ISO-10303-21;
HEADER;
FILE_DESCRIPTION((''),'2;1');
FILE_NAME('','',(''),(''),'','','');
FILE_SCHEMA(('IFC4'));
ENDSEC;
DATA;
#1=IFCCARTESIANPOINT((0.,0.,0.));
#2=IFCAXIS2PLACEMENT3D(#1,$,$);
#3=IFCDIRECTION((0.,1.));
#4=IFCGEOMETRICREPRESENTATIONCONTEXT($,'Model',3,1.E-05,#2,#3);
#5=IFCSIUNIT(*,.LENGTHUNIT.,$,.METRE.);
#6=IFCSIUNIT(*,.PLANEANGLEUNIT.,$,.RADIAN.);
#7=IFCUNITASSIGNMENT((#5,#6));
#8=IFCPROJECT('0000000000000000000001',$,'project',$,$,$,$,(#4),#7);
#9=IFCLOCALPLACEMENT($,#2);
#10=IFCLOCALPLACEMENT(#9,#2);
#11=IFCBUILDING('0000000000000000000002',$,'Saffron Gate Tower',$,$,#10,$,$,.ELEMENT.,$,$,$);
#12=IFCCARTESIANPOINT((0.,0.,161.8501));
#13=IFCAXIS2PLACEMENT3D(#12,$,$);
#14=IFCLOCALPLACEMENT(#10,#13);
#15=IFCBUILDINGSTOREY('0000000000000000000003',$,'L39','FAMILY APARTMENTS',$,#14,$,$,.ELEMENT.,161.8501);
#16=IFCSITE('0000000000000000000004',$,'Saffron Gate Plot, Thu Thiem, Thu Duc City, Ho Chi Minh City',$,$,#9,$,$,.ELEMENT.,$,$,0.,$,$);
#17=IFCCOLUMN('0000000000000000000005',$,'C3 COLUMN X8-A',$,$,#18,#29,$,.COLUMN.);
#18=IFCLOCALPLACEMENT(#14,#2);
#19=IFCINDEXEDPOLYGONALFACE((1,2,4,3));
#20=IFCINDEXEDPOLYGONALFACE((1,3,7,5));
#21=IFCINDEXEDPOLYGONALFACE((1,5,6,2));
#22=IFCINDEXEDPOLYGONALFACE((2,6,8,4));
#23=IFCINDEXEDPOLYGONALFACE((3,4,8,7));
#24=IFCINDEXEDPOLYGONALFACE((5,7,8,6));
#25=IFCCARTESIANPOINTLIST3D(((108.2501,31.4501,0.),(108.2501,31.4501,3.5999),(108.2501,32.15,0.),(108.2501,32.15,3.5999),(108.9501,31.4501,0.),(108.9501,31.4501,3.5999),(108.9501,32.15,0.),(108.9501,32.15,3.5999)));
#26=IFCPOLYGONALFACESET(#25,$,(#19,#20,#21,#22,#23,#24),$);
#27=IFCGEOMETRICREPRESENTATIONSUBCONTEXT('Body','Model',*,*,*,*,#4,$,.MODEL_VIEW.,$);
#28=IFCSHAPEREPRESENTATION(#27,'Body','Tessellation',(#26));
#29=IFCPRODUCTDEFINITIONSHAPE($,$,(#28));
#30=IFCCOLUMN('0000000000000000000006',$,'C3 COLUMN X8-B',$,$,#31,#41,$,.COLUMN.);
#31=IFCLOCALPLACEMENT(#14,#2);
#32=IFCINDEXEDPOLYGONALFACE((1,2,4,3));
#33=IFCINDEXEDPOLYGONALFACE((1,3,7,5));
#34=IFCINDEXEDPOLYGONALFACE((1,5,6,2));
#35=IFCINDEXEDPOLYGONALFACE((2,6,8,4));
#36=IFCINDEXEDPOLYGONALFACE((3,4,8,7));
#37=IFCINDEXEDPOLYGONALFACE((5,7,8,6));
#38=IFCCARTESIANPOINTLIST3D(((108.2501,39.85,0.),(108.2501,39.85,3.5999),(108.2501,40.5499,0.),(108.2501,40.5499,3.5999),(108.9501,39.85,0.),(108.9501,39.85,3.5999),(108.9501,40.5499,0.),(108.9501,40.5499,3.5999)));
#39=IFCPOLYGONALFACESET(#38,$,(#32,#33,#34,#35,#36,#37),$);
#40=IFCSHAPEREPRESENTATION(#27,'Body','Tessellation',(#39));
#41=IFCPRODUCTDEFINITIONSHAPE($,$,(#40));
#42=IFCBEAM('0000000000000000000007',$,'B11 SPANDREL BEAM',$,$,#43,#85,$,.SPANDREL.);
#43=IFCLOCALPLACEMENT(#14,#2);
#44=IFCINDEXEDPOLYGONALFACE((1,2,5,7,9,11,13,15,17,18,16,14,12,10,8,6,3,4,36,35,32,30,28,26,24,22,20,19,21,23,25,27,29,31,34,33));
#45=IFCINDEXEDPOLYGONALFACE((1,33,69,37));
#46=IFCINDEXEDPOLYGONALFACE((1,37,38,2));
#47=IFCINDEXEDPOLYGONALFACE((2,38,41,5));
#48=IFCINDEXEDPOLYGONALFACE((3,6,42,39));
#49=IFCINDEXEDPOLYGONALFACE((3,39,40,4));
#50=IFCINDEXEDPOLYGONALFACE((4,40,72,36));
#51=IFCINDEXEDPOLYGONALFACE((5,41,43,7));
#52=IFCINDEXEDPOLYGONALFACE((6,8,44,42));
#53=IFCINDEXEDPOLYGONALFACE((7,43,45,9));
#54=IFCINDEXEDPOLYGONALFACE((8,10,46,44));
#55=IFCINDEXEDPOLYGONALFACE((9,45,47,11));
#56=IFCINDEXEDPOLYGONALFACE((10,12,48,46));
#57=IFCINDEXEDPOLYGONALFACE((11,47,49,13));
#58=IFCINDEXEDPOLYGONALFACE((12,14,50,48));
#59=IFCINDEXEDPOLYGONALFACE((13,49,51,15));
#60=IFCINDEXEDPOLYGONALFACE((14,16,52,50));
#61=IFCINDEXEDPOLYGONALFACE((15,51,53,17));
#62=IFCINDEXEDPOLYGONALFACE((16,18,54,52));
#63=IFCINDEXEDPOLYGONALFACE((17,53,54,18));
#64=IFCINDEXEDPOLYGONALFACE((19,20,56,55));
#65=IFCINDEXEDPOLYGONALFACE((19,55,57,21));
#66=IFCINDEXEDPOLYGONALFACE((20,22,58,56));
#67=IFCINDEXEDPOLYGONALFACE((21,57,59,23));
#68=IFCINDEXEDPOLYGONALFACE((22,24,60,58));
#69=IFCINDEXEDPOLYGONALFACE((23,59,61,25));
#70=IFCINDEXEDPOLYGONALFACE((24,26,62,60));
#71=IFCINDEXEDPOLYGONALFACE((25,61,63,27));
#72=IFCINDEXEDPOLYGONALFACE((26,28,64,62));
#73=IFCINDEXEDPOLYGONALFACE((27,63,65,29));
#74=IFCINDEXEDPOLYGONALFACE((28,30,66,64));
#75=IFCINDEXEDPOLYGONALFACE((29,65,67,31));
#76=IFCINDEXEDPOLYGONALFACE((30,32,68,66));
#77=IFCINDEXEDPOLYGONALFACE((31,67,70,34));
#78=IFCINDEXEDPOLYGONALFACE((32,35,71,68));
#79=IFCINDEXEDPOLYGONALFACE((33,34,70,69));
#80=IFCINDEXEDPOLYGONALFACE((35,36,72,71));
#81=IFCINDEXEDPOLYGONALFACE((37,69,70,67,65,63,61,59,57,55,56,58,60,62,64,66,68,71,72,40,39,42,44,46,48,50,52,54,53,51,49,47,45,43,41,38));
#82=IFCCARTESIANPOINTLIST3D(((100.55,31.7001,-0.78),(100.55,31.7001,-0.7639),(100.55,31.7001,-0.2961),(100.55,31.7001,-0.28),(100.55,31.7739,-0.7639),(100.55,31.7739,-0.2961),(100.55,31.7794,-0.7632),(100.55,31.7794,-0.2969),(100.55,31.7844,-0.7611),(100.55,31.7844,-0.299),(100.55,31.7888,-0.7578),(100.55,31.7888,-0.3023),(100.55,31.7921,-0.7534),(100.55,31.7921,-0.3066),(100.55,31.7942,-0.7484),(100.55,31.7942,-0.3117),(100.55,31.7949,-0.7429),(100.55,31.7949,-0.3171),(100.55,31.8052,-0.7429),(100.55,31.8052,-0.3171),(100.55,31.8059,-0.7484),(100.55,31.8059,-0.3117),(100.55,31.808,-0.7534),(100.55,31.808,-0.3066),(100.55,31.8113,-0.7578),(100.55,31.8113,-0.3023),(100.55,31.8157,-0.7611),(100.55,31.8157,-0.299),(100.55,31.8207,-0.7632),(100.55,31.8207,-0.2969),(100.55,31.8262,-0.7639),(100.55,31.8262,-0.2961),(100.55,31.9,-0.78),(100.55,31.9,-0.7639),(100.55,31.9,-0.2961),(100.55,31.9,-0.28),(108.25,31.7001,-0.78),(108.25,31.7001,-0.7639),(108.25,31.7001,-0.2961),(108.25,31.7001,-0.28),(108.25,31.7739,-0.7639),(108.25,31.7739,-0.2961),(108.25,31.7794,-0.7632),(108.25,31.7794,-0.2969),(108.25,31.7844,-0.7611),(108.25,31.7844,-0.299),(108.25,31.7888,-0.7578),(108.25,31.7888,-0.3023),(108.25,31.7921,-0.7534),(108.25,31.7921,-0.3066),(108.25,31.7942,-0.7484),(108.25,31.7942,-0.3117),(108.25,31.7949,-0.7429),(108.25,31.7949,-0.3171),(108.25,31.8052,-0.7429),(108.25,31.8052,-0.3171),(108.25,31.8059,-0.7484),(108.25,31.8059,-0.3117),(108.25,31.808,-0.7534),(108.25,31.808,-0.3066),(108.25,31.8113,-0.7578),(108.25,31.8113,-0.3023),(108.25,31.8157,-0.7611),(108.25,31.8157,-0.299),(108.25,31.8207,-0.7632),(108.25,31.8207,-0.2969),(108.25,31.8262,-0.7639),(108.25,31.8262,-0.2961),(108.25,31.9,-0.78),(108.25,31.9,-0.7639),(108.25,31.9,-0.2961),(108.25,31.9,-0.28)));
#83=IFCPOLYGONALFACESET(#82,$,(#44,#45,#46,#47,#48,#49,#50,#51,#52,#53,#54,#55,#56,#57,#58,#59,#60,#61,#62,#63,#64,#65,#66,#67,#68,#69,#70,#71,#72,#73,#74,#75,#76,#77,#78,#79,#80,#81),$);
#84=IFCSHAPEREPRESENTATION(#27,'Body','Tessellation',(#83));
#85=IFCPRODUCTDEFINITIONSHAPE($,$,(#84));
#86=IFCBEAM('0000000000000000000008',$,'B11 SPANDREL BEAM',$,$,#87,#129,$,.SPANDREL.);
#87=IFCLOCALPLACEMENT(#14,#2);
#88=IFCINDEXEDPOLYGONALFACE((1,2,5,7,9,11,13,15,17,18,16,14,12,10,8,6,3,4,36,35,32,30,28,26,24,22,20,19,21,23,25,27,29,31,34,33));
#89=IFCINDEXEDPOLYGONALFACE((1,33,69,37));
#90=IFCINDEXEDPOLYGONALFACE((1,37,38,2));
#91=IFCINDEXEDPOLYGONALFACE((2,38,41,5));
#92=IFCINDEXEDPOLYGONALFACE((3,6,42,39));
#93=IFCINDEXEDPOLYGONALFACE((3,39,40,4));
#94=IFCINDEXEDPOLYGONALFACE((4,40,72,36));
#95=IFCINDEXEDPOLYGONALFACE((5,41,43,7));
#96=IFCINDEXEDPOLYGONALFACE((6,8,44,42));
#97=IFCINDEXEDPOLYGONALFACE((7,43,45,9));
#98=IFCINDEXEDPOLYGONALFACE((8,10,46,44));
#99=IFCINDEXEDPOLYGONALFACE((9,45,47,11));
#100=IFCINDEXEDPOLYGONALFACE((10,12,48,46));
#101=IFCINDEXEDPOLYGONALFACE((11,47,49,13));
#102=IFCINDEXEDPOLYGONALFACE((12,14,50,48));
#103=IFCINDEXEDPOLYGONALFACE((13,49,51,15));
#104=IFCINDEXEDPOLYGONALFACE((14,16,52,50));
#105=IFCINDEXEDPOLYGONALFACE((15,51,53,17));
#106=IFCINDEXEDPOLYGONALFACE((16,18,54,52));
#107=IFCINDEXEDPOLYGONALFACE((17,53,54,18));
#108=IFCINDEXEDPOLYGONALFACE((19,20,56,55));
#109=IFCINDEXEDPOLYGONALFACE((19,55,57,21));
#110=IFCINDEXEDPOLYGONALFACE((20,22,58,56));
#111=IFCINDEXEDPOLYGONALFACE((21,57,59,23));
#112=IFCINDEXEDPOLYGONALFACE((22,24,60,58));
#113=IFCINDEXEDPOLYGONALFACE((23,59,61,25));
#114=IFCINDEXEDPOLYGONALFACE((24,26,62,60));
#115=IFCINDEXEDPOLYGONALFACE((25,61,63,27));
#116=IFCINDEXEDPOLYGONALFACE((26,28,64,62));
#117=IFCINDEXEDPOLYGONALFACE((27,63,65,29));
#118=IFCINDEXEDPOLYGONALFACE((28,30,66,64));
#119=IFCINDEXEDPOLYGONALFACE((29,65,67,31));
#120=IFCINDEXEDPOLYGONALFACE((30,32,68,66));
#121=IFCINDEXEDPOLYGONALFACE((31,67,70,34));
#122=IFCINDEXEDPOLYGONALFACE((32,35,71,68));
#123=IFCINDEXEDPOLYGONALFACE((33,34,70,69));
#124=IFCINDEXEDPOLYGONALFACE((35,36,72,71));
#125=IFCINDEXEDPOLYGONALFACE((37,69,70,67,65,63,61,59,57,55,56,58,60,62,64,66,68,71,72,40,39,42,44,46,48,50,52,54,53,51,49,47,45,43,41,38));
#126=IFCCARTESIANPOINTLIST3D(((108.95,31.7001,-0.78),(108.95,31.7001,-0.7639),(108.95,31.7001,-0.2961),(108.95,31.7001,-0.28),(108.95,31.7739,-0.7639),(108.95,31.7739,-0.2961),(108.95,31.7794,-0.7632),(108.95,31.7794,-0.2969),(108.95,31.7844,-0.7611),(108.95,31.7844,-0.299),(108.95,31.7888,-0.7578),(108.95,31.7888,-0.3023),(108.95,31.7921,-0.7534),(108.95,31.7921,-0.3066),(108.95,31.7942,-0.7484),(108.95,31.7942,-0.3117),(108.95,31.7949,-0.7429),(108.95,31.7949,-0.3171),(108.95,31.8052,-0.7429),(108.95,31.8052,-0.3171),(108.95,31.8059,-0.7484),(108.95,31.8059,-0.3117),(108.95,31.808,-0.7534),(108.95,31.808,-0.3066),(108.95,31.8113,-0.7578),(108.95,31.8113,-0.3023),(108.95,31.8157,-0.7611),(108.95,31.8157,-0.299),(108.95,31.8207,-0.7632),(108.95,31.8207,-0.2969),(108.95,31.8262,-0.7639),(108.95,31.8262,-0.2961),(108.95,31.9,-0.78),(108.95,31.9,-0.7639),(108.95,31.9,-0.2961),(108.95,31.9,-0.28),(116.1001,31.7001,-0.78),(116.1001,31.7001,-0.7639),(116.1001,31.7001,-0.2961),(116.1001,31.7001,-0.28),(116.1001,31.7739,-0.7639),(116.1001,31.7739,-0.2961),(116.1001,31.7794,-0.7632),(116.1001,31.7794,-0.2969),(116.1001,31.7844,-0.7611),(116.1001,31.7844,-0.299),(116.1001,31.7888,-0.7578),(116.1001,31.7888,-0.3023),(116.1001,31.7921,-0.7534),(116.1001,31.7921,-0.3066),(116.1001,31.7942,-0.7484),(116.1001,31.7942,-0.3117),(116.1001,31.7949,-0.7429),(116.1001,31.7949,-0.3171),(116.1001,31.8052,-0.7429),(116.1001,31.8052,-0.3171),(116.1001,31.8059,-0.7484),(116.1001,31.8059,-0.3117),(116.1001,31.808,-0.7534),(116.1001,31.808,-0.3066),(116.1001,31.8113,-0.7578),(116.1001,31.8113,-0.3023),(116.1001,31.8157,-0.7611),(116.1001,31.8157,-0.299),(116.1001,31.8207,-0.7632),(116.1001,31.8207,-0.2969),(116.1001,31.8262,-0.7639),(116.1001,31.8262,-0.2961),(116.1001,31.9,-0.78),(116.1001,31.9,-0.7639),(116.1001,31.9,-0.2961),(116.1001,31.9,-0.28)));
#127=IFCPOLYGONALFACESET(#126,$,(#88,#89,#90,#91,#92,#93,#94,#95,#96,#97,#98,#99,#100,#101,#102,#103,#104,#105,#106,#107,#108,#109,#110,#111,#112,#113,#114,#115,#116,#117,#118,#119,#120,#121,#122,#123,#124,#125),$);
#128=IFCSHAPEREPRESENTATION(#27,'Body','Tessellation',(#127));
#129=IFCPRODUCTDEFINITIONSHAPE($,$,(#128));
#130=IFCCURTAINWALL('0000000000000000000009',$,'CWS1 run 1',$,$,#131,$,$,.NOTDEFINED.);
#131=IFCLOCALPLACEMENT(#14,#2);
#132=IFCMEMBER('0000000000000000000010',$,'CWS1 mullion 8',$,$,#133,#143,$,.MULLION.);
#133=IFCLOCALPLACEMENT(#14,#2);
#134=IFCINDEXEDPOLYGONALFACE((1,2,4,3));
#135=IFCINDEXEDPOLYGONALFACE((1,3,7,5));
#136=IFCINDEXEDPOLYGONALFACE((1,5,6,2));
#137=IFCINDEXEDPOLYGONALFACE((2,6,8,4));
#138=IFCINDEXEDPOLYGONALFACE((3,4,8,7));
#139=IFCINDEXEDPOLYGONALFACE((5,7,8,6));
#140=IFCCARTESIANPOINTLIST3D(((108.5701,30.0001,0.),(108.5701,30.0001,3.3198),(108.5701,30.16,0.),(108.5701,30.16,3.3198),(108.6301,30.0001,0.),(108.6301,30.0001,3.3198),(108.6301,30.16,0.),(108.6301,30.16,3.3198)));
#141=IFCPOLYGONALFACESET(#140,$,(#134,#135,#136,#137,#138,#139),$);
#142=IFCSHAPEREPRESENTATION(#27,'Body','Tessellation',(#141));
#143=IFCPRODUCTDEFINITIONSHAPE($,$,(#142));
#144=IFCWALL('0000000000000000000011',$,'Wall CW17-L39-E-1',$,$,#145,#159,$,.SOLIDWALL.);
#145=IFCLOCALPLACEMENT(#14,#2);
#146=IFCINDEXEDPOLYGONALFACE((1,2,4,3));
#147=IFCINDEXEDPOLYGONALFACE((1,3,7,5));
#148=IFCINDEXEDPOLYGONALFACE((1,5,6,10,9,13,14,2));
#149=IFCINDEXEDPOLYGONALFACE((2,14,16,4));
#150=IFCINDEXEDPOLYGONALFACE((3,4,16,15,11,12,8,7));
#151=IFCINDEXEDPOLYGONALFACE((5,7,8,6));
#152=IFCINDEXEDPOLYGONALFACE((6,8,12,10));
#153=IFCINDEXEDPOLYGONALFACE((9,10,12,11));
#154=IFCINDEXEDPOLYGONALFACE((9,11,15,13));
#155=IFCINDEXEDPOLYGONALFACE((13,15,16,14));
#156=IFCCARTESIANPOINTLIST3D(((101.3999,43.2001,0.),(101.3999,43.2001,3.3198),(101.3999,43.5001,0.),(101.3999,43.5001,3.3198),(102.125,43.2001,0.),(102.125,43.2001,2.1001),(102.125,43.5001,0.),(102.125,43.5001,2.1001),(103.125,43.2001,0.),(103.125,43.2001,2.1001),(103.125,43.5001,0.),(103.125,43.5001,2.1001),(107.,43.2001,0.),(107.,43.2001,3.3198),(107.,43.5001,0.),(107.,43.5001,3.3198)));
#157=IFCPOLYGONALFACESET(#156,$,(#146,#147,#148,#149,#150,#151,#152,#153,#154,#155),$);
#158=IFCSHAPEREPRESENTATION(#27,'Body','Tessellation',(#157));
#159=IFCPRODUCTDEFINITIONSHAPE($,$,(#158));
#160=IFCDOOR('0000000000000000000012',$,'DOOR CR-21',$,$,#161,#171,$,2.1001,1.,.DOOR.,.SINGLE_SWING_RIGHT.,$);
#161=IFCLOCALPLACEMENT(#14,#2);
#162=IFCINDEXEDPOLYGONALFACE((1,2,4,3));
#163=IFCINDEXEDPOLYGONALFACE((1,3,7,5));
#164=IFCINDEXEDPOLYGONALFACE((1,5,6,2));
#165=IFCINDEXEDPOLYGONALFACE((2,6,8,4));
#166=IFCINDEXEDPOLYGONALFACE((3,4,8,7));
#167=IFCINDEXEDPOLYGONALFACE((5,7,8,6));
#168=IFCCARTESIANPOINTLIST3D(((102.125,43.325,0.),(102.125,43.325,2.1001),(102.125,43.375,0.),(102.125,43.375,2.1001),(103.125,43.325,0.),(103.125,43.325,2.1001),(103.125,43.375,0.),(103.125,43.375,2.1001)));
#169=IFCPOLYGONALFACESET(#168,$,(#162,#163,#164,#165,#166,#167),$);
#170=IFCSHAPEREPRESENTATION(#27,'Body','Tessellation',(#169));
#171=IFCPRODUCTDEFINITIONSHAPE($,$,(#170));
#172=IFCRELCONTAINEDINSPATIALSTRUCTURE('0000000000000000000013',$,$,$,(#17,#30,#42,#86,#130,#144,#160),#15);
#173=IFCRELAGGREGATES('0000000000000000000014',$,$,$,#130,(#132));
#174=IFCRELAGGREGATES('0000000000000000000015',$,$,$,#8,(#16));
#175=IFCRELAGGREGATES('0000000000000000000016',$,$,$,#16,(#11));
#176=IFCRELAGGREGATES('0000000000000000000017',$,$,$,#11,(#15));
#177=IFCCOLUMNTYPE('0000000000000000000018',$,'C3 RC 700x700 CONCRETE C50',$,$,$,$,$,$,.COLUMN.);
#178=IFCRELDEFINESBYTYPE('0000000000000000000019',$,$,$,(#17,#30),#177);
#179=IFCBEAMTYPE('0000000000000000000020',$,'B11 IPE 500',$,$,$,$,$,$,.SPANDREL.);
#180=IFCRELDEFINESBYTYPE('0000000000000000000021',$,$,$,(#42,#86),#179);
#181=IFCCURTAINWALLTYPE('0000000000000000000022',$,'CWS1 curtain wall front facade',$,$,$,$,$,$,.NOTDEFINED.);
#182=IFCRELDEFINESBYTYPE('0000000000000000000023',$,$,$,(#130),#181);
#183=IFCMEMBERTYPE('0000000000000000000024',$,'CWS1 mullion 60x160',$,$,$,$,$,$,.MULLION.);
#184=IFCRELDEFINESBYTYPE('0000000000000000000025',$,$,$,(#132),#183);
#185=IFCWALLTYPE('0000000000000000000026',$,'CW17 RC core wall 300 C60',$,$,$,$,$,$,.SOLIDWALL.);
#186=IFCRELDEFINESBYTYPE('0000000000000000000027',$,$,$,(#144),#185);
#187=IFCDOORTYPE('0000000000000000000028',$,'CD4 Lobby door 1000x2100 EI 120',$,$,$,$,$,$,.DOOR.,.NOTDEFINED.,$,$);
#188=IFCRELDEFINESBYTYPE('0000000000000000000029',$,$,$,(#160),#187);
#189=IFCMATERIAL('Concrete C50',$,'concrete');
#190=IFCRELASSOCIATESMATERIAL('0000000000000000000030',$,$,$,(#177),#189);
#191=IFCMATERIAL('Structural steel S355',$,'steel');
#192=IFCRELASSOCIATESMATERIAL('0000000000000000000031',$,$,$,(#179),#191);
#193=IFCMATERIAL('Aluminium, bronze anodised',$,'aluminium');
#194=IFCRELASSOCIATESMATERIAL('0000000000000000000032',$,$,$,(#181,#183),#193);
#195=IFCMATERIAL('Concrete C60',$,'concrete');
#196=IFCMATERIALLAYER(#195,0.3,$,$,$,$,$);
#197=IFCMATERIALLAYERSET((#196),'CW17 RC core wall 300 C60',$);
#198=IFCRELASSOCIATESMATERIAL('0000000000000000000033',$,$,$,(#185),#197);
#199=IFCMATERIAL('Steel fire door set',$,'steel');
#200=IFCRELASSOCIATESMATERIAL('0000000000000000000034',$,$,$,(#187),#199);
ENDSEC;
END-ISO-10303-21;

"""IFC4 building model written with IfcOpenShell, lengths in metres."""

from ifc_helpers import new_model, si_unit, direction, frame, frame_2d, origin, origin_2d, place, context, subcontext, project, spatial, rectangle, i_section, extrude, material, layer, layer_set, material_profile, profile_set, type_object, element, fill, aggregate, save


model = new_model("IFC4")

# Units and contexts
model_context = context("Model", 3, precision=1e-05, world=origin(), true_north=direction((0.0, 1.0)))
body_context = subcontext(model_context, "Body", "Model", "MODEL_VIEW")
ifc_project = project(units=[si_unit("LENGTHUNIT", "METRE"), si_unit("PLANEANGLEUNIT", "RADIAN")], contexts=[model_context])

# Site, building, storey
site_placement = place(None, origin())
site = spatial("IfcSite", under=ifc_project, at=site_placement, Name="Saffron Gate Plot, Thu Thiem, Thu Duc City, Ho Chi Minh City", CompositionType="ELEMENT", RefElevation=0.0)
building_placement = place(site_placement, origin())
building = spatial("IfcBuilding", under=site, at=building_placement, Name="Saffron Gate Tower", CompositionType="ELEMENT")
storey_placement = place(building_placement, frame((0.0, 0.0, 161.8501)))
storey = spatial("IfcBuildingStorey", under=building, at=storey_placement, Name="L39", Description="FAMILY APARTMENTS", CompositionType="ELEMENT", Elevation=161.8501)

# Columns
ifc_material_1 = material(Name="Concrete C50", Category="concrete")
ifc_material_profile_1 = material_profile(ifc_material_1, rectangle(XDim=0.7, YDim=0.7, at=origin_2d()))
ifc_profile_set_1 = profile_set([ifc_material_profile_1], Name="Concrete C50")
column_type = type_object("IfcColumnType", Name="C3 RC 700x700 CONCRETE C50", PredefinedType="COLUMN", material=ifc_profile_set_1)
for number, where, z_axis, x_axis, name in (
    (1, (108.6001, 31.8, 0.0), (0.0, 0.0, 1.0), (1.0, 0.0, 0.0), "C3 COLUMN X8-A"),
    (2, (108.6001, 40.2, 0.0), (0.0, 0.0, 1.0), (1.0, 0.0, 0.0), "C3 COLUMN X8-B"),
):
    element("IfcColumn", number, at=place(storey_placement, frame(where, z_axis=z_axis, x_axis=x_axis)), inside=storey, type_object=column_type, Name=name, PredefinedType="COLUMN", context=body_context, shape_type="SweptSolid", body=[
        extrude(rectangle(XDim=0.7, YDim=0.7, at=origin_2d()), origin(), (0.0, 0.0, 1.0), 3.5999),
    ])

# Beams
ifc_material_2 = material(Name="Structural steel S355", Category="steel")
ifc_material_profile_2 = material_profile(ifc_material_2, i_section(OverallWidth=0.2, OverallDepth=0.5, WebThickness=0.0103, FlangeThickness=0.0161, FilletRadius=0.021, at=origin_2d()))
ifc_profile_set_2 = profile_set([ifc_material_profile_2], Name="Structural steel S355")
beam_type = type_object("IfcBeamType", Name="B11 IPE 500", PredefinedType="SPANDREL", material=ifc_profile_set_2)
beam_1_placement = place(storey_placement, frame((100.55, 31.8, -0.53), z_axis=(1.0, 0.0, 0.0), x_axis=(0.0, 1.0, 0.0)))
element("IfcBeam", 3, at=beam_1_placement, inside=storey, type_object=beam_type, Name="B11 SPANDREL BEAM", PredefinedType="SPANDREL", context=body_context, shape_type="SweptSolid", body=[
    extrude(i_section(OverallWidth=0.2, OverallDepth=0.5, WebThickness=0.0103, FlangeThickness=0.0161, FilletRadius=0.021, at=origin_2d()), origin(), (0.0, 0.0, 1.0), 7.7),
])
beam_2_placement = place(storey_placement, frame((108.95, 31.8, -0.53), z_axis=(1.0, 0.0, 0.0), x_axis=(0.0, 1.0, 0.0)))
element("IfcBeam", 4, at=beam_2_placement, inside=storey, type_object=beam_type, Name="B11 SPANDREL BEAM", PredefinedType="SPANDREL", context=body_context, shape_type="SweptSolid", body=[
    extrude(i_section(OverallWidth=0.2, OverallDepth=0.5, WebThickness=0.0103, FlangeThickness=0.0161, FilletRadius=0.021, at=origin_2d()), origin(), (0.0, 0.0, 1.0), 7.1501),
])

# Curtain wall, member
ifc_material_3 = material(Name="Aluminium, bronze anodised", Category="aluminium")
curtain_wall_type = type_object("IfcCurtainWallType", Name="CWS1 curtain wall front facade", PredefinedType="NOTDEFINED", material=ifc_material_3)
curtain_wall_placement = place(storey_placement, origin())
curtain_wall = element("IfcCurtainWall", 5, at=curtain_wall_placement, inside=storey, type_object=curtain_wall_type, Name="CWS1 run 1", PredefinedType="NOTDEFINED")
ifc_material_profile_3 = material_profile(ifc_material_3, rectangle(XDim=0.1599, YDim=0.0601, at=origin_2d()))
ifc_profile_set_3 = profile_set([ifc_material_profile_3], Name="Aluminium, bronze anodised")
member_type = type_object("IfcMemberType", Name="CWS1 mullion 60x160", PredefinedType="MULLION", material=ifc_profile_set_3)
member_placement = place(storey_placement, frame((108.6001, 30.0801, 0.0), z_axis=(0.0, 0.0, 1.0), x_axis=(0.0, 1.0, 0.0)))
member = element("IfcMember", 6, at=member_placement, type_object=member_type, Name="CWS1 mullion 8", PredefinedType="MULLION", context=body_context, shape_type="SweptSolid", body=[
    extrude(rectangle(XDim=0.1599, YDim=0.0601, at=origin_2d()), origin(), (0.0, 0.0, 1.0), 3.3198),
])
aggregate(curtain_wall, [member])

# Wall, opening, door
ifc_material_4 = material(Name="Concrete C60", Category="concrete")
ifc_layer_1 = layer(ifc_material_4, 0.3)
ifc_layer_set_1 = layer_set([ifc_layer_1], Name="CW17 RC core wall 300 C60")
wall_type_1 = type_object("IfcWallType", Name="CW17 RC core wall 300 C60", PredefinedType="SOLIDWALL", material=ifc_layer_set_1)
wall_1_placement = place(storey_placement, frame((101.3999, 43.3501, 0.0), z_axis=(0.0, 0.0, 1.0), x_axis=(1.0, 0.0, 0.0)))
wall_1 = element("IfcWall", 7, at=wall_1_placement, inside=storey, type_object=wall_type_1, Name="Wall CW17-L39-E-1", PredefinedType="SOLIDWALL", context=body_context, shape_type="SweptSolid", body=[
    extrude(rectangle(XDim=5.6001, YDim=0.3, at=frame_2d((2.8, 0.0))), origin(), (0.0, 0.0, 1.0), 3.3198),
])
opening_1_placement = place(wall_1_placement, frame((0.7251, 0.0, 0.0)))
opening_1 = element("IfcOpeningElement", 8, at=opening_1_placement, cuts=wall_1, PredefinedType="OPENING", context=body_context, shape_type="SweptSolid", body=[
    extrude(rectangle(XDim=1.0, YDim=2.1001, at=frame_2d((0.5, 1.05))), frame((0.0, 0.1602, 0.0), z_axis=(0.0, -1.0, 0.0), x_axis=(1.0, 0.0, 0.0)), (0.0, 0.0, 1.0), 0.3201),
])
ifc_material_5 = material(Name="Steel fire door set", Category="steel")
door_type_1 = type_object("IfcDoorType", Name="CD4 Lobby door 1000x2100 EI 120", OperationType="NOTDEFINED", PredefinedType="DOOR", material=ifc_material_5)
door_1_placement = place(opening_1_placement, origin())
door_1 = element("IfcDoor", 9, at=door_1_placement, inside=storey, type_object=door_type_1, Name="DOOR CR-21", OperationType="SINGLE_SWING_RIGHT", OverallHeight=2.1001, OverallWidth=1.0, PredefinedType="DOOR", context=body_context, shape_type="SweptSolid", body=[
    extrude(rectangle(XDim=1.0, YDim=2.1001, at=frame_2d((0.5, 1.05))), frame((0.0, 0.0249, 0.0), z_axis=(0.0, -1.0, 0.0), x_axis=(1.0, 0.0, 0.0)), (0.0, 0.0, 1.0), 0.05),
])
fill(opening_1, door_1)

save(model, "model.ifc")
